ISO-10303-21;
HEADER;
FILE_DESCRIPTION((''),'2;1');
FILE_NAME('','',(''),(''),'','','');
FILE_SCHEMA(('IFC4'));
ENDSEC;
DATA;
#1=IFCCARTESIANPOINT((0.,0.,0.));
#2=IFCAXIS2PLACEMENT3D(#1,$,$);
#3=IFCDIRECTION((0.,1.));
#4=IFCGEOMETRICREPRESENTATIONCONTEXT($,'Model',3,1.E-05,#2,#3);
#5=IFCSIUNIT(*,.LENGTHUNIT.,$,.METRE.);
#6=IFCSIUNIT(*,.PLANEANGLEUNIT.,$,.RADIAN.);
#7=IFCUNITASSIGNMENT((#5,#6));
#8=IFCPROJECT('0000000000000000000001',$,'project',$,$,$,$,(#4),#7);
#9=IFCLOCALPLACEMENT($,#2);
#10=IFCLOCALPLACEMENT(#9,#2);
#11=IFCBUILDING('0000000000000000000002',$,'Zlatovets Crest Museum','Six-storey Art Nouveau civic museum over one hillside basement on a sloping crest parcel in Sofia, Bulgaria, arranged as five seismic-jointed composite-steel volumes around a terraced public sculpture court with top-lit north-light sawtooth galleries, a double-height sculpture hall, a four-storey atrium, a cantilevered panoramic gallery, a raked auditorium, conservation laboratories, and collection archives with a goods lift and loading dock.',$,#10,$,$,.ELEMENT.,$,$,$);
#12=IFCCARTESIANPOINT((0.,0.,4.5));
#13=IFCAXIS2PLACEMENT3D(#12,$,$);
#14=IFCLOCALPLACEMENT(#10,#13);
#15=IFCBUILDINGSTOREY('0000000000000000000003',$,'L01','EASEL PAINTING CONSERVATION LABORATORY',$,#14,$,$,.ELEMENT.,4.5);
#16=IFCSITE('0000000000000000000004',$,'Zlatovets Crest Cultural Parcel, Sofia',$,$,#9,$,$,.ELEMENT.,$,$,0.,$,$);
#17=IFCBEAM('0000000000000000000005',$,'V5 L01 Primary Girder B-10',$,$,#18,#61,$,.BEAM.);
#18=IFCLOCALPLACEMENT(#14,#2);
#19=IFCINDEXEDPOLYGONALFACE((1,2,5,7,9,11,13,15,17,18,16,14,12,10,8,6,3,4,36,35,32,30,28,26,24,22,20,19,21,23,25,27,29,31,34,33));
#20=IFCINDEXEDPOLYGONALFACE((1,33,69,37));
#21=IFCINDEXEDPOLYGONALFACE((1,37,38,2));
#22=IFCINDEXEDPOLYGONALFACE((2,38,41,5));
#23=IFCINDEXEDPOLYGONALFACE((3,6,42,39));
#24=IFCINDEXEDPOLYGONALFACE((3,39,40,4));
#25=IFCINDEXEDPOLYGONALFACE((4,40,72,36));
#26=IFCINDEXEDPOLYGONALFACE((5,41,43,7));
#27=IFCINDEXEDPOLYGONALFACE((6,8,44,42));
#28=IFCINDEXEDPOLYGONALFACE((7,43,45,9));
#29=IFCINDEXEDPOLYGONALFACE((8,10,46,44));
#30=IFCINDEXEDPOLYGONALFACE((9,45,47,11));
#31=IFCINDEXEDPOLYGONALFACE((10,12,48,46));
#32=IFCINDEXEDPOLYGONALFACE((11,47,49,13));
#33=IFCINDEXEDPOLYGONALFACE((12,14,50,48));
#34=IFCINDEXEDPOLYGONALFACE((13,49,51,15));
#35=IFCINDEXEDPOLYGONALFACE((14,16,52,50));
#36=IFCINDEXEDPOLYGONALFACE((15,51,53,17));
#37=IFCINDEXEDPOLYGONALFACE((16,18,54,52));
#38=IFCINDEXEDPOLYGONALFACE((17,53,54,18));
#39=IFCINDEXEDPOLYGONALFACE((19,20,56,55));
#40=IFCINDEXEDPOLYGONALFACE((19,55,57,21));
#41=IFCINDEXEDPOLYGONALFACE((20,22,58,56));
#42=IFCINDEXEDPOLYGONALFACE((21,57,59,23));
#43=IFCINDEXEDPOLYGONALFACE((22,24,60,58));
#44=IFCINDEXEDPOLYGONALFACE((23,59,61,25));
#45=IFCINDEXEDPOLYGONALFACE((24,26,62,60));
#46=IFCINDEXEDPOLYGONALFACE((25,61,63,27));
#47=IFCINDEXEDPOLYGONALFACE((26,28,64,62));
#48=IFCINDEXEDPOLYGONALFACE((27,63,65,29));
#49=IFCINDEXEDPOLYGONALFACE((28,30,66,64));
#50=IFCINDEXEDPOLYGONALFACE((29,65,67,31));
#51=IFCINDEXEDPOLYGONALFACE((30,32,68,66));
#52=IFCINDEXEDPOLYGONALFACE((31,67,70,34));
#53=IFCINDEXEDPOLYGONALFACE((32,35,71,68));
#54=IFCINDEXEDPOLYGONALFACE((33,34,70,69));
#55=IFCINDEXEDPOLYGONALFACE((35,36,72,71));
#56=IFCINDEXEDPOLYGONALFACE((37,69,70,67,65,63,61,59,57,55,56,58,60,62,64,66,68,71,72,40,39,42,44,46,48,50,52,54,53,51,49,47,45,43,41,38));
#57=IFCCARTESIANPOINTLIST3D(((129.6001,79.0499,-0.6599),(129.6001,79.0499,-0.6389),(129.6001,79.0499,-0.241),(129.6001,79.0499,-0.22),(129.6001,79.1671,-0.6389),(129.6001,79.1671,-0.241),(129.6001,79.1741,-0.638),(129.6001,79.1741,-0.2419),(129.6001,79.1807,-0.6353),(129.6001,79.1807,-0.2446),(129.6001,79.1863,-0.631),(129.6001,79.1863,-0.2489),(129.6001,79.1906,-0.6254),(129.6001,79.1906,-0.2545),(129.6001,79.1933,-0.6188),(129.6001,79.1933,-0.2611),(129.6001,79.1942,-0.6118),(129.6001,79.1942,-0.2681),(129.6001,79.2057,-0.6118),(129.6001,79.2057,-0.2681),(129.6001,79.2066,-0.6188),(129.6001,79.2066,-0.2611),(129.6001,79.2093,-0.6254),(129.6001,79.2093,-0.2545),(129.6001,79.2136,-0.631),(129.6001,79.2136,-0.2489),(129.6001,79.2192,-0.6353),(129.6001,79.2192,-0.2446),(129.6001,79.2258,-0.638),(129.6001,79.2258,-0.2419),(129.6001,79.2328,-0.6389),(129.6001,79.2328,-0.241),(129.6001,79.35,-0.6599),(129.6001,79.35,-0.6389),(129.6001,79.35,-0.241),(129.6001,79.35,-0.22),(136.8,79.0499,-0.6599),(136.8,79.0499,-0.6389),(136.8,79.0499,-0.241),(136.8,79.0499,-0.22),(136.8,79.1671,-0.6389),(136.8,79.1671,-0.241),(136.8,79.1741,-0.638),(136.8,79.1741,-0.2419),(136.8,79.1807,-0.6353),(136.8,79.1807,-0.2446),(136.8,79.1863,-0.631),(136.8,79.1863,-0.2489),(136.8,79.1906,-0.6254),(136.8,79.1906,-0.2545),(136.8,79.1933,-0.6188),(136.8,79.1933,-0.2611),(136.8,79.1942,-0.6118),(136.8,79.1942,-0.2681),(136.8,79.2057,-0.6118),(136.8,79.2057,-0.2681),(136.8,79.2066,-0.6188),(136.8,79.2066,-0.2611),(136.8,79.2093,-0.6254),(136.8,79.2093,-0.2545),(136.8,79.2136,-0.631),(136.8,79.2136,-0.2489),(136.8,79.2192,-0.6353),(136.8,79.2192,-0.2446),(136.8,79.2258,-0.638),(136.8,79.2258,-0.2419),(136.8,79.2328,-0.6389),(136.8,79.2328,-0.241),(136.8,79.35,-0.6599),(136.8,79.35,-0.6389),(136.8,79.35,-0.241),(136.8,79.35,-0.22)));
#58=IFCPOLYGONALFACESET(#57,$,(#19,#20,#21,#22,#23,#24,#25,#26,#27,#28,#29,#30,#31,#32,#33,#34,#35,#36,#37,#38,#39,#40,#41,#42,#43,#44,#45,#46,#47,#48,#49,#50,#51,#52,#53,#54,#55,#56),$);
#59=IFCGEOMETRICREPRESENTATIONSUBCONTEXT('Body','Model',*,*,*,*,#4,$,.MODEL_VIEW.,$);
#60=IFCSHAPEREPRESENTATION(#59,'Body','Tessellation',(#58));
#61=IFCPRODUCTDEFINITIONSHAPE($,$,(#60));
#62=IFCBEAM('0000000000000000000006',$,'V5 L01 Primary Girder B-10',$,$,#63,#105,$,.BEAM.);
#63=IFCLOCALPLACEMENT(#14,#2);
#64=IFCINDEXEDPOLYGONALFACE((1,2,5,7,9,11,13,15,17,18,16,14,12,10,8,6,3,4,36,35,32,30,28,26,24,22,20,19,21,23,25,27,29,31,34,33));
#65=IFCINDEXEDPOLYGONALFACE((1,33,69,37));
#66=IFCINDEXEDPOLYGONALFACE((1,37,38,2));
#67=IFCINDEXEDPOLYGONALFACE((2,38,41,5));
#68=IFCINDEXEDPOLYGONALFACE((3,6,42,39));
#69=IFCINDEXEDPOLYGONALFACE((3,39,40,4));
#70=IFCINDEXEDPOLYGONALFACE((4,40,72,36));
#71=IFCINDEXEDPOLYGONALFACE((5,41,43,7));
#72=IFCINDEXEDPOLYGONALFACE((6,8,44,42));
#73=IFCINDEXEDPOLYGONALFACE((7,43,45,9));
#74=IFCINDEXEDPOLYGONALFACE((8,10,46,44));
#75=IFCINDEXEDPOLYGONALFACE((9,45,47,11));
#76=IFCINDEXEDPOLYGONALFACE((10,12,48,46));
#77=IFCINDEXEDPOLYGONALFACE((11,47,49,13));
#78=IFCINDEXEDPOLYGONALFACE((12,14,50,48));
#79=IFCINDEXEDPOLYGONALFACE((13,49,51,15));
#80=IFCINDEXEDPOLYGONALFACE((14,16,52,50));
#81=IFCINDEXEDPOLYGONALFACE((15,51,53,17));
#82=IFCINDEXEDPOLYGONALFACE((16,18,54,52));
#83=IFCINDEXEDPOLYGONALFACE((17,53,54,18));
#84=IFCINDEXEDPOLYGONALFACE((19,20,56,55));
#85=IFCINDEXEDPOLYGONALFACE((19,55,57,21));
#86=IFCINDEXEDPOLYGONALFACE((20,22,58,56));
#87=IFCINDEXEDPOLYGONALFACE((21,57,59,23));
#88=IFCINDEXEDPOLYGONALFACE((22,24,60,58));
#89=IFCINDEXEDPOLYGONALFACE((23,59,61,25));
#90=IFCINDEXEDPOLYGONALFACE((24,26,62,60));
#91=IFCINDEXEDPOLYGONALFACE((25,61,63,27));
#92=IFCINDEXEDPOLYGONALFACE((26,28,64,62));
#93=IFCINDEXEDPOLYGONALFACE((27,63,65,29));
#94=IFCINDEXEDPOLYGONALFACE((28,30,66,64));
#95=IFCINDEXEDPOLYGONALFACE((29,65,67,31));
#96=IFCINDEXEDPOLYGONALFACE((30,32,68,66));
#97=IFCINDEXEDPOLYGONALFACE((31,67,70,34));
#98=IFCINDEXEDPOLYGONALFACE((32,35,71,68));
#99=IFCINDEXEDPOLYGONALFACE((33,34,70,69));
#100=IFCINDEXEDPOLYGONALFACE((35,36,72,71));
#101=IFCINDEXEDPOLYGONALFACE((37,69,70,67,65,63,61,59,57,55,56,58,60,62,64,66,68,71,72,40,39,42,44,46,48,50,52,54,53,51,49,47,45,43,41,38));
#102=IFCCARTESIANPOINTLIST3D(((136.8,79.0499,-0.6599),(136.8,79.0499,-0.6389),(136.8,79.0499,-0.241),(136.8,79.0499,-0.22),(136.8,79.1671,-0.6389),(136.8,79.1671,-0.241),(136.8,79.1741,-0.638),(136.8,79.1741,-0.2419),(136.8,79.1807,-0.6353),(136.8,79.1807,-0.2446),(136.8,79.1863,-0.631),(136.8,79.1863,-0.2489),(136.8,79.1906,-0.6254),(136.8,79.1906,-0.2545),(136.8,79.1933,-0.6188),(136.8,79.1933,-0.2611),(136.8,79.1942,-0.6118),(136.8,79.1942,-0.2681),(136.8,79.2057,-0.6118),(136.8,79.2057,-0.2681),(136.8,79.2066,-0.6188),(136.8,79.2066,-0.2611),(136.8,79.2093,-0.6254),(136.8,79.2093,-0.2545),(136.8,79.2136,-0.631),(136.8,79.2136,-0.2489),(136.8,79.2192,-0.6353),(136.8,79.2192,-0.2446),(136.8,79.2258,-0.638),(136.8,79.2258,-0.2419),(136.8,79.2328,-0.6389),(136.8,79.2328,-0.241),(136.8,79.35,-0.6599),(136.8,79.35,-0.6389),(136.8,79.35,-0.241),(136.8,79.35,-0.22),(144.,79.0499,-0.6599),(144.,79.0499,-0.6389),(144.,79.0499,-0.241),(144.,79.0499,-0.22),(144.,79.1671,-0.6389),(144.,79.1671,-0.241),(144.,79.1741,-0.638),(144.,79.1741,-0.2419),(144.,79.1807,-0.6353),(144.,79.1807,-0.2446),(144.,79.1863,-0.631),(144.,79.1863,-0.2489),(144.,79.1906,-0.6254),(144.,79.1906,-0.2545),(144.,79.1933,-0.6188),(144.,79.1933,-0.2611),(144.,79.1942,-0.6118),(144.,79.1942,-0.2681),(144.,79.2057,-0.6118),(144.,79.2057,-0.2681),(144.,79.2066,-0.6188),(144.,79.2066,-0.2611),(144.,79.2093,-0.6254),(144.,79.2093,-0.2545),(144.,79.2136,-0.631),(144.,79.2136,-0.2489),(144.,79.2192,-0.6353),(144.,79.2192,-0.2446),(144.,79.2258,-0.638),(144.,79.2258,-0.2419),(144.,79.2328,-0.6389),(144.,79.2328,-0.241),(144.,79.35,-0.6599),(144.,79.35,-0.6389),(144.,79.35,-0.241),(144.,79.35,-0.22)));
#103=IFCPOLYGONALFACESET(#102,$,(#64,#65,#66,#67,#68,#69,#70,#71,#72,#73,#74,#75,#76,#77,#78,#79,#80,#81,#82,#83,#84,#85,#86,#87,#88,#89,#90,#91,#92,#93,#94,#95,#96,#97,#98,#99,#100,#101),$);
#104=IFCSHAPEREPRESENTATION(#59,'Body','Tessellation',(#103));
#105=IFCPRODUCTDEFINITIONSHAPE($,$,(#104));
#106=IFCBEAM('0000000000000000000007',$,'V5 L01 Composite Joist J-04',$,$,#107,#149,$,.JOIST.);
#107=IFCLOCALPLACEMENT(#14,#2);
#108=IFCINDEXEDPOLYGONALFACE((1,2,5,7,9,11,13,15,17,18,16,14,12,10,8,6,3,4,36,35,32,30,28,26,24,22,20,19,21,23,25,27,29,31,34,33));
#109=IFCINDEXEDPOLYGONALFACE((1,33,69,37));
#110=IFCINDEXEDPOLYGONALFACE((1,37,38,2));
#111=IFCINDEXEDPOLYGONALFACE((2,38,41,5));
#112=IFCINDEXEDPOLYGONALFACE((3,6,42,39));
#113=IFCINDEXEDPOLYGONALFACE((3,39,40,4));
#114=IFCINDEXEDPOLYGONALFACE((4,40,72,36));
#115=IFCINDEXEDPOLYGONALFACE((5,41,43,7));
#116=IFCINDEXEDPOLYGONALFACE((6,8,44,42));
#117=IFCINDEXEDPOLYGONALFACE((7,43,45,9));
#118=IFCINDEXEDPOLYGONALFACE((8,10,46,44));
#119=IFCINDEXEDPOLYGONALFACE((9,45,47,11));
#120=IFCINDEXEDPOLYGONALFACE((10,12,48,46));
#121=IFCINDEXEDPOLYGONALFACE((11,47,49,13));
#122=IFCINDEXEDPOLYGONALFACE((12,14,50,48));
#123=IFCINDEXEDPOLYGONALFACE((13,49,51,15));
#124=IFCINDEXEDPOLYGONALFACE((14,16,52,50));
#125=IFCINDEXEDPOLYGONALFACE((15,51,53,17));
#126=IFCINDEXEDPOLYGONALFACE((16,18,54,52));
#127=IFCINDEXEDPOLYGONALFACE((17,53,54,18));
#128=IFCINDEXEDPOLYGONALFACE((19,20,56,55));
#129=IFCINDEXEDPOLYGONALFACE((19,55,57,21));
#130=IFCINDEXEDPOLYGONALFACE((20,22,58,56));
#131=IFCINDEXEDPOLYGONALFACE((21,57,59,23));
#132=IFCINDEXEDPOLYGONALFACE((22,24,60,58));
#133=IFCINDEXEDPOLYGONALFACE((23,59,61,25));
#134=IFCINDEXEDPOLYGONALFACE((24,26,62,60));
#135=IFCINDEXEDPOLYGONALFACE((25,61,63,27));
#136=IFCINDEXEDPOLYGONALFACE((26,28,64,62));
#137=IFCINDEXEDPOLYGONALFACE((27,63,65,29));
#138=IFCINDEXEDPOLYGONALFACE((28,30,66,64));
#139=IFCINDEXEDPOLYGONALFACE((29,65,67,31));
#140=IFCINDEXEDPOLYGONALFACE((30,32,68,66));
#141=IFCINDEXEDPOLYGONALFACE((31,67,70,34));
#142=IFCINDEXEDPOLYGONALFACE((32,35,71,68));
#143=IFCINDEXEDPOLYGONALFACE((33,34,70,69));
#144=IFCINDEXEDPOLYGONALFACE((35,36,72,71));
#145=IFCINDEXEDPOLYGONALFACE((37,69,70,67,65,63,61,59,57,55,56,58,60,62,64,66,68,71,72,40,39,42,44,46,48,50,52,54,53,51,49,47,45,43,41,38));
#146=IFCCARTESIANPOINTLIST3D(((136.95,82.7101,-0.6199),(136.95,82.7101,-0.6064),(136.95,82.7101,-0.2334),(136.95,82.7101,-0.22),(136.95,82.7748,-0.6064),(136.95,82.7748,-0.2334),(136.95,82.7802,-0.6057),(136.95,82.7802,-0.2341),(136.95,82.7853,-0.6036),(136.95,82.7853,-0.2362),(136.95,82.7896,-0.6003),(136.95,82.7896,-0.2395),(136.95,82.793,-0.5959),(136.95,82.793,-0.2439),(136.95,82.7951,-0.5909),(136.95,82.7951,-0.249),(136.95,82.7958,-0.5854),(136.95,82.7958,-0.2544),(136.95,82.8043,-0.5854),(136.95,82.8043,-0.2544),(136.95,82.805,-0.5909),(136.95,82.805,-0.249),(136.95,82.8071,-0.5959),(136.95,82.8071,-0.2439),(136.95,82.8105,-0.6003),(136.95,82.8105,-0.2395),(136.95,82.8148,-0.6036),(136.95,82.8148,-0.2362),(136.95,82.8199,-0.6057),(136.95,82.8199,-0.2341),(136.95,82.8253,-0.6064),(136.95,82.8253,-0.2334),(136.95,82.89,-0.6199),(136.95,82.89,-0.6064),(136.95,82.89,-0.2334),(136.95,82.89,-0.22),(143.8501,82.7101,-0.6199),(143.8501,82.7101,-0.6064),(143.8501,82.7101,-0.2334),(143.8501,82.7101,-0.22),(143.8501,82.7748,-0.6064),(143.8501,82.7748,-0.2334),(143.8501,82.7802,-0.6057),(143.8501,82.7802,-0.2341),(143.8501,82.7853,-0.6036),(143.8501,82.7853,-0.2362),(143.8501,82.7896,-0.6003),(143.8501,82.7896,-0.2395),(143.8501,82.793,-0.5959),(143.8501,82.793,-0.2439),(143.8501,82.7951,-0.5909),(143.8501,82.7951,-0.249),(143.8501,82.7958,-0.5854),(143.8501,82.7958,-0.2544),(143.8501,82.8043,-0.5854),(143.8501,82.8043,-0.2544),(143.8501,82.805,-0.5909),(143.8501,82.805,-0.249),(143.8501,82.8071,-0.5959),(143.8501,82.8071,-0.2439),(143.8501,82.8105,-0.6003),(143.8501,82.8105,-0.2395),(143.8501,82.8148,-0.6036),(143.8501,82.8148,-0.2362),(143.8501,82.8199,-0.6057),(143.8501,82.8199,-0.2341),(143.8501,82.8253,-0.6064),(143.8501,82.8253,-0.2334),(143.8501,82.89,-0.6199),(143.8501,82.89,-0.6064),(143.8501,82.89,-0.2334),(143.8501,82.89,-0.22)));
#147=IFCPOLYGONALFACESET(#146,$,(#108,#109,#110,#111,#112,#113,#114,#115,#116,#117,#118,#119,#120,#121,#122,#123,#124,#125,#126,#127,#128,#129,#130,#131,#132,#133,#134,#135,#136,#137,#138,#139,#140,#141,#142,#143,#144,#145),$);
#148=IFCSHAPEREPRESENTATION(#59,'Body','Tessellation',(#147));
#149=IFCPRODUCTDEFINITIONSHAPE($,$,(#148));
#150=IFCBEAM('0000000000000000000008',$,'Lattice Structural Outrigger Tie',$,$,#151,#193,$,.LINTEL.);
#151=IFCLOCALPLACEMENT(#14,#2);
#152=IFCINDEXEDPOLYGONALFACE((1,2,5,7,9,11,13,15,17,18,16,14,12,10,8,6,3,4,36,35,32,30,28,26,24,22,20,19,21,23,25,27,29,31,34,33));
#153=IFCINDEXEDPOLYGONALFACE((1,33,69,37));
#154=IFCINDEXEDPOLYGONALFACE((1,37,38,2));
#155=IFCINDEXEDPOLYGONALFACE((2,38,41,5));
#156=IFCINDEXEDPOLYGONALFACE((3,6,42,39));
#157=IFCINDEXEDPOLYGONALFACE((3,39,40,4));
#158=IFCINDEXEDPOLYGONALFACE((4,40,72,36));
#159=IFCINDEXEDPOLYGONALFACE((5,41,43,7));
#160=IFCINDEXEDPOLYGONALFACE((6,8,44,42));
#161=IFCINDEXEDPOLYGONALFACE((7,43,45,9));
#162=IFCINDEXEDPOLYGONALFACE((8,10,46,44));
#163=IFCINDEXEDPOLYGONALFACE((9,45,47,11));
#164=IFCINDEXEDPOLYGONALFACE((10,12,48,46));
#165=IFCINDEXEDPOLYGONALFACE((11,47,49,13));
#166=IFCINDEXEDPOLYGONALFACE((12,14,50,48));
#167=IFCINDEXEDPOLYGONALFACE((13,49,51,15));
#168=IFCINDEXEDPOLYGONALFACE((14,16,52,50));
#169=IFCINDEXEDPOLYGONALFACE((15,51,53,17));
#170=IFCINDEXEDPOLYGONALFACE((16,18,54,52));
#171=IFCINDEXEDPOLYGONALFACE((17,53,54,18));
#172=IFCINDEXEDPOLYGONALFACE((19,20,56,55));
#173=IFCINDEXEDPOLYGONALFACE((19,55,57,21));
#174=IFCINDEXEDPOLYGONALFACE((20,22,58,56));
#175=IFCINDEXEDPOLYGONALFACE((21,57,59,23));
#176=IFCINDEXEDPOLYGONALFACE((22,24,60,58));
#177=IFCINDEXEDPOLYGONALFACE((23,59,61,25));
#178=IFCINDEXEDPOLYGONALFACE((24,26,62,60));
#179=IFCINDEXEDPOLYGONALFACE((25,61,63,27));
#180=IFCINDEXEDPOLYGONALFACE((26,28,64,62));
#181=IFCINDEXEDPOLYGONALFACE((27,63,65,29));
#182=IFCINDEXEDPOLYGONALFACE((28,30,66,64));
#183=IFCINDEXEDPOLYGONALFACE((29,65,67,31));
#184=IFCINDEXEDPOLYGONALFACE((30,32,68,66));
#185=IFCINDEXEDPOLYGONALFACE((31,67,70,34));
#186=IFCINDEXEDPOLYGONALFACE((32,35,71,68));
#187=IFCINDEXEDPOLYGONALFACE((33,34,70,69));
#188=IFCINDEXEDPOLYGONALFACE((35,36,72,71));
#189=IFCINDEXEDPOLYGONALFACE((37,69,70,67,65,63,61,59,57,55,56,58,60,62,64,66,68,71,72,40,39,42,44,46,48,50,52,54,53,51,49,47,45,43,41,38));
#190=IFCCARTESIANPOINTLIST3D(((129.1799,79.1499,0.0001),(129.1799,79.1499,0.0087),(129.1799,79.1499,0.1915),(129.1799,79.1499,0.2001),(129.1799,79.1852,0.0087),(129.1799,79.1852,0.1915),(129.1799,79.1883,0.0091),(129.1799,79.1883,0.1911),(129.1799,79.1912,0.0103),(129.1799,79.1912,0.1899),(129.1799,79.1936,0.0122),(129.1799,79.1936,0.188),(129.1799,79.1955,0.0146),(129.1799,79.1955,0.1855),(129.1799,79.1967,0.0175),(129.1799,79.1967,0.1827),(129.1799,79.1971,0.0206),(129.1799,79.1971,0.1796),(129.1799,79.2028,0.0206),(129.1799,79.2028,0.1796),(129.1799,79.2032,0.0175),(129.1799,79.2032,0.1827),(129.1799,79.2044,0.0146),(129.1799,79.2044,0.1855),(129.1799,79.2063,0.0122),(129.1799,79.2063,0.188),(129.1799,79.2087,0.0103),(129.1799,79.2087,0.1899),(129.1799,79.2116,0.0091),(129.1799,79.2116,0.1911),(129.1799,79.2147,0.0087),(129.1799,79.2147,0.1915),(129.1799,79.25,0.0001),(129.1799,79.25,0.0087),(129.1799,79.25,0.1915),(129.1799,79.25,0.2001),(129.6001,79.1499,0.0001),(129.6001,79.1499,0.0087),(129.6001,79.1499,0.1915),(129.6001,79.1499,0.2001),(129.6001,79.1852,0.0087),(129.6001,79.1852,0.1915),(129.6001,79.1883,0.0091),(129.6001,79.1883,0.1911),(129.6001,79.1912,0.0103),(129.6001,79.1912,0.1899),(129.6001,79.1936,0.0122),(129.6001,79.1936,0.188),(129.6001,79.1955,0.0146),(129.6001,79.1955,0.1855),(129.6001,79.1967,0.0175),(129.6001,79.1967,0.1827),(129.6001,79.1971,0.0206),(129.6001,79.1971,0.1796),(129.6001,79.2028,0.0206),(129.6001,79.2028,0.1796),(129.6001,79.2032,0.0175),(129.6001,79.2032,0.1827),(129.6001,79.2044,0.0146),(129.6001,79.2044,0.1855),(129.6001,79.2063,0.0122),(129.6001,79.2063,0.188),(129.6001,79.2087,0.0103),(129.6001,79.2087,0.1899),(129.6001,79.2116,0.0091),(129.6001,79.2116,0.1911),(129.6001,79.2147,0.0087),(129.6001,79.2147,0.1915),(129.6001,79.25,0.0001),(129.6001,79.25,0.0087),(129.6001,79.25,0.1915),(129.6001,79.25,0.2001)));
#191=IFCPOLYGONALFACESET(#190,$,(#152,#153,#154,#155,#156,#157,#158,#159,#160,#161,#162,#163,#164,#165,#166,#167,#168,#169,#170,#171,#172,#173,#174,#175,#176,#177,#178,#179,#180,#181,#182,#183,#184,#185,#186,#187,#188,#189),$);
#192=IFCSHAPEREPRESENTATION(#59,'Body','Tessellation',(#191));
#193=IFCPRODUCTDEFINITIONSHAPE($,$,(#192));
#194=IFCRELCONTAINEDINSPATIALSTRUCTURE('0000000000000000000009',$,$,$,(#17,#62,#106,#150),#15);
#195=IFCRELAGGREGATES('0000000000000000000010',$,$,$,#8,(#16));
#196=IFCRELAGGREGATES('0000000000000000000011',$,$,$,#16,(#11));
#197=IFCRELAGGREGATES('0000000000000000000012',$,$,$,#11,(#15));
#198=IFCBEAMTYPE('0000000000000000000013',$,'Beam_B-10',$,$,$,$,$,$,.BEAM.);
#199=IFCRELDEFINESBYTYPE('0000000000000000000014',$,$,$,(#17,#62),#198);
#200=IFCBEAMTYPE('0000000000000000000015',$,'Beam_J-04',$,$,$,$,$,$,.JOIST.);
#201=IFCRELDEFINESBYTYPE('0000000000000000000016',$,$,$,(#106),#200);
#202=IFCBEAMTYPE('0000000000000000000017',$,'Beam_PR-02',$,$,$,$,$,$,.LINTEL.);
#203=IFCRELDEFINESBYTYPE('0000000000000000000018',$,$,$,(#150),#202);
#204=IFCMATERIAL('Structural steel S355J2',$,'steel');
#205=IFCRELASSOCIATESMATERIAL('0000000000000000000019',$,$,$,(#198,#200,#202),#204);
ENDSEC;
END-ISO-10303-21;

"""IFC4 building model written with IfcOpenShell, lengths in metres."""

from ifc_helpers import new_model, si_unit, direction, frame, origin, origin_2d, place, context, subcontext, project, spatial, i_section, extrude, material, material_profile, profile_set, type_object, element, save


model = new_model("IFC4")

# Units and contexts
model_context = context("Model", 3, precision=1e-05, world=origin(), true_north=direction((0.0, 1.0)))
body_context = subcontext(model_context, "Body", "Model", "MODEL_VIEW")
ifc_project = project(units=[si_unit("LENGTHUNIT", "METRE"), si_unit("PLANEANGLEUNIT", "RADIAN")], contexts=[model_context])

# Site, building, storey
site_placement = place(None, origin())
site = spatial("IfcSite", under=ifc_project, at=site_placement, Name="Zlatovets Crest Cultural Parcel, Sofia", CompositionType="ELEMENT", RefElevation=0.0)
building_placement = place(site_placement, origin())
building = spatial("IfcBuilding", under=site, at=building_placement, Name="Zlatovets Crest Museum", Description="Six-storey Art Nouveau civic museum over one hillside basement on a sloping crest parcel in Sofia, Bulgaria, arranged as five seismic-jointed composite-steel volumes around a terraced public sculpture court with top-lit north-light sawtooth galleries, a double-height sculpture hall, a four-storey atrium, a cantilevered panoramic gallery, a raked auditorium, conservation laboratories, and collection archives with a goods lift and loading dock.", CompositionType="ELEMENT")
storey_placement = place(building_placement, frame((0.0, 0.0, 4.5)))
storey = spatial("IfcBuildingStorey", under=building, at=storey_placement, Name="L01", Description="EASEL PAINTING CONSERVATION LABORATORY", CompositionType="ELEMENT", Elevation=4.5)

# Shared definitions
ifc_material_1 = material(Name="Structural steel S355J2", Category="steel")

# Beams
ifc_material_profile_1 = material_profile(ifc_material_1, i_section(OverallWidth=0.3, OverallDepth=0.4399, WebThickness=0.0115, FlangeThickness=0.021, FilletRadius=0.0271, at=origin_2d()), Name="HEA 450")
ifc_profile_set_1 = profile_set([ifc_material_profile_1], Name="Structural steel S355J2")
beam_type_1 = type_object("IfcBeamType", Name="Beam_B-10", PredefinedType="BEAM", material=ifc_profile_set_1)
for number, where, z_axis, x_axis, name in (
    (1, (129.6001, 79.2, -0.4399), (1.0, 0.0, 0.0), (0.0, 1.0, 0.0), "V5 L01 Primary Girder B-10"),
    (2, (136.8, 79.2, -0.4399), (1.0, 0.0, 0.0), (0.0, 1.0, 0.0), "V5 L01 Primary Girder B-10"),
):
    element("IfcBeam", number, at=place(storey_placement, frame(where, z_axis=z_axis, x_axis=x_axis)), inside=storey, type_object=beam_type_1, Name=name, PredefinedType="BEAM", context=body_context, shape_type="SweptSolid", body=[
        extrude(i_section(OverallWidth=0.3, OverallDepth=0.4399, WebThickness=0.0115, FlangeThickness=0.021, FilletRadius=0.0271, at=origin_2d()), origin(), (0.0, 0.0, 1.0), 7.2),
    ])
ifc_material_profile_2 = material_profile(ifc_material_1, i_section(OverallWidth=0.1799, OverallDepth=0.3999, WebThickness=0.0085, FlangeThickness=0.0134, FilletRadius=0.021, at=origin_2d()), Name="IPE 400")
ifc_profile_set_2 = profile_set([ifc_material_profile_2], Name="Structural steel S355J2")
beam_type_2 = type_object("IfcBeamType", Name="Beam_J-04", PredefinedType="JOIST", material=ifc_profile_set_2)
beam_placement = place(storey_placement, frame((136.95, 82.8, -0.4199), z_axis=(1.0, 0.0, 0.0), x_axis=(0.0, 1.0, 0.0)))
element("IfcBeam", 3, at=beam_placement, inside=storey, type_object=beam_type_2, Name="V5 L01 Composite Joist J-04", PredefinedType="JOIST", context=body_context, shape_type="SweptSolid", body=[
    extrude(i_section(OverallWidth=0.1799, OverallDepth=0.3999, WebThickness=0.0085, FlangeThickness=0.0134, FilletRadius=0.021, at=origin_2d()), origin(), (0.0, 0.0, 1.0), 6.9001),
])
ifc_material_profile_3 = material_profile(ifc_material_1, i_section(OverallWidth=0.1001, OverallDepth=0.2, WebThickness=0.0056, FlangeThickness=0.0085, FilletRadius=0.012, at=origin_2d()), Name="IPE 200")
ifc_profile_set_3 = profile_set([ifc_material_profile_3], Name="Structural steel S355J2")
beam_type_3 = type_object("IfcBeamType", Name="Beam_PR-02", PredefinedType="LINTEL", material=ifc_profile_set_3)
for number, where, z_axis, x_axis, name in (
    (4, (129.6001, 79.2, 0.1001), (-1.0, 0.0, 0.0), (0.0, -1.0, 0.0), "Lattice Structural Outrigger Tie"),
):
    element("IfcBeam", number, at=place(storey_placement, frame(where, z_axis=z_axis, x_axis=x_axis)), inside=storey, type_object=beam_type_3, Name=name, PredefinedType="LINTEL", context=body_context, shape_type="SweptSolid", body=[
        extrude(i_section(OverallWidth=0.1001, OverallDepth=0.2, WebThickness=0.0056, FlangeThickness=0.0085, FilletRadius=0.012, at=origin_2d()), origin(), (0.0, 0.0, 1.0), 0.4202),
    ])

save(model, "model.ifc")
